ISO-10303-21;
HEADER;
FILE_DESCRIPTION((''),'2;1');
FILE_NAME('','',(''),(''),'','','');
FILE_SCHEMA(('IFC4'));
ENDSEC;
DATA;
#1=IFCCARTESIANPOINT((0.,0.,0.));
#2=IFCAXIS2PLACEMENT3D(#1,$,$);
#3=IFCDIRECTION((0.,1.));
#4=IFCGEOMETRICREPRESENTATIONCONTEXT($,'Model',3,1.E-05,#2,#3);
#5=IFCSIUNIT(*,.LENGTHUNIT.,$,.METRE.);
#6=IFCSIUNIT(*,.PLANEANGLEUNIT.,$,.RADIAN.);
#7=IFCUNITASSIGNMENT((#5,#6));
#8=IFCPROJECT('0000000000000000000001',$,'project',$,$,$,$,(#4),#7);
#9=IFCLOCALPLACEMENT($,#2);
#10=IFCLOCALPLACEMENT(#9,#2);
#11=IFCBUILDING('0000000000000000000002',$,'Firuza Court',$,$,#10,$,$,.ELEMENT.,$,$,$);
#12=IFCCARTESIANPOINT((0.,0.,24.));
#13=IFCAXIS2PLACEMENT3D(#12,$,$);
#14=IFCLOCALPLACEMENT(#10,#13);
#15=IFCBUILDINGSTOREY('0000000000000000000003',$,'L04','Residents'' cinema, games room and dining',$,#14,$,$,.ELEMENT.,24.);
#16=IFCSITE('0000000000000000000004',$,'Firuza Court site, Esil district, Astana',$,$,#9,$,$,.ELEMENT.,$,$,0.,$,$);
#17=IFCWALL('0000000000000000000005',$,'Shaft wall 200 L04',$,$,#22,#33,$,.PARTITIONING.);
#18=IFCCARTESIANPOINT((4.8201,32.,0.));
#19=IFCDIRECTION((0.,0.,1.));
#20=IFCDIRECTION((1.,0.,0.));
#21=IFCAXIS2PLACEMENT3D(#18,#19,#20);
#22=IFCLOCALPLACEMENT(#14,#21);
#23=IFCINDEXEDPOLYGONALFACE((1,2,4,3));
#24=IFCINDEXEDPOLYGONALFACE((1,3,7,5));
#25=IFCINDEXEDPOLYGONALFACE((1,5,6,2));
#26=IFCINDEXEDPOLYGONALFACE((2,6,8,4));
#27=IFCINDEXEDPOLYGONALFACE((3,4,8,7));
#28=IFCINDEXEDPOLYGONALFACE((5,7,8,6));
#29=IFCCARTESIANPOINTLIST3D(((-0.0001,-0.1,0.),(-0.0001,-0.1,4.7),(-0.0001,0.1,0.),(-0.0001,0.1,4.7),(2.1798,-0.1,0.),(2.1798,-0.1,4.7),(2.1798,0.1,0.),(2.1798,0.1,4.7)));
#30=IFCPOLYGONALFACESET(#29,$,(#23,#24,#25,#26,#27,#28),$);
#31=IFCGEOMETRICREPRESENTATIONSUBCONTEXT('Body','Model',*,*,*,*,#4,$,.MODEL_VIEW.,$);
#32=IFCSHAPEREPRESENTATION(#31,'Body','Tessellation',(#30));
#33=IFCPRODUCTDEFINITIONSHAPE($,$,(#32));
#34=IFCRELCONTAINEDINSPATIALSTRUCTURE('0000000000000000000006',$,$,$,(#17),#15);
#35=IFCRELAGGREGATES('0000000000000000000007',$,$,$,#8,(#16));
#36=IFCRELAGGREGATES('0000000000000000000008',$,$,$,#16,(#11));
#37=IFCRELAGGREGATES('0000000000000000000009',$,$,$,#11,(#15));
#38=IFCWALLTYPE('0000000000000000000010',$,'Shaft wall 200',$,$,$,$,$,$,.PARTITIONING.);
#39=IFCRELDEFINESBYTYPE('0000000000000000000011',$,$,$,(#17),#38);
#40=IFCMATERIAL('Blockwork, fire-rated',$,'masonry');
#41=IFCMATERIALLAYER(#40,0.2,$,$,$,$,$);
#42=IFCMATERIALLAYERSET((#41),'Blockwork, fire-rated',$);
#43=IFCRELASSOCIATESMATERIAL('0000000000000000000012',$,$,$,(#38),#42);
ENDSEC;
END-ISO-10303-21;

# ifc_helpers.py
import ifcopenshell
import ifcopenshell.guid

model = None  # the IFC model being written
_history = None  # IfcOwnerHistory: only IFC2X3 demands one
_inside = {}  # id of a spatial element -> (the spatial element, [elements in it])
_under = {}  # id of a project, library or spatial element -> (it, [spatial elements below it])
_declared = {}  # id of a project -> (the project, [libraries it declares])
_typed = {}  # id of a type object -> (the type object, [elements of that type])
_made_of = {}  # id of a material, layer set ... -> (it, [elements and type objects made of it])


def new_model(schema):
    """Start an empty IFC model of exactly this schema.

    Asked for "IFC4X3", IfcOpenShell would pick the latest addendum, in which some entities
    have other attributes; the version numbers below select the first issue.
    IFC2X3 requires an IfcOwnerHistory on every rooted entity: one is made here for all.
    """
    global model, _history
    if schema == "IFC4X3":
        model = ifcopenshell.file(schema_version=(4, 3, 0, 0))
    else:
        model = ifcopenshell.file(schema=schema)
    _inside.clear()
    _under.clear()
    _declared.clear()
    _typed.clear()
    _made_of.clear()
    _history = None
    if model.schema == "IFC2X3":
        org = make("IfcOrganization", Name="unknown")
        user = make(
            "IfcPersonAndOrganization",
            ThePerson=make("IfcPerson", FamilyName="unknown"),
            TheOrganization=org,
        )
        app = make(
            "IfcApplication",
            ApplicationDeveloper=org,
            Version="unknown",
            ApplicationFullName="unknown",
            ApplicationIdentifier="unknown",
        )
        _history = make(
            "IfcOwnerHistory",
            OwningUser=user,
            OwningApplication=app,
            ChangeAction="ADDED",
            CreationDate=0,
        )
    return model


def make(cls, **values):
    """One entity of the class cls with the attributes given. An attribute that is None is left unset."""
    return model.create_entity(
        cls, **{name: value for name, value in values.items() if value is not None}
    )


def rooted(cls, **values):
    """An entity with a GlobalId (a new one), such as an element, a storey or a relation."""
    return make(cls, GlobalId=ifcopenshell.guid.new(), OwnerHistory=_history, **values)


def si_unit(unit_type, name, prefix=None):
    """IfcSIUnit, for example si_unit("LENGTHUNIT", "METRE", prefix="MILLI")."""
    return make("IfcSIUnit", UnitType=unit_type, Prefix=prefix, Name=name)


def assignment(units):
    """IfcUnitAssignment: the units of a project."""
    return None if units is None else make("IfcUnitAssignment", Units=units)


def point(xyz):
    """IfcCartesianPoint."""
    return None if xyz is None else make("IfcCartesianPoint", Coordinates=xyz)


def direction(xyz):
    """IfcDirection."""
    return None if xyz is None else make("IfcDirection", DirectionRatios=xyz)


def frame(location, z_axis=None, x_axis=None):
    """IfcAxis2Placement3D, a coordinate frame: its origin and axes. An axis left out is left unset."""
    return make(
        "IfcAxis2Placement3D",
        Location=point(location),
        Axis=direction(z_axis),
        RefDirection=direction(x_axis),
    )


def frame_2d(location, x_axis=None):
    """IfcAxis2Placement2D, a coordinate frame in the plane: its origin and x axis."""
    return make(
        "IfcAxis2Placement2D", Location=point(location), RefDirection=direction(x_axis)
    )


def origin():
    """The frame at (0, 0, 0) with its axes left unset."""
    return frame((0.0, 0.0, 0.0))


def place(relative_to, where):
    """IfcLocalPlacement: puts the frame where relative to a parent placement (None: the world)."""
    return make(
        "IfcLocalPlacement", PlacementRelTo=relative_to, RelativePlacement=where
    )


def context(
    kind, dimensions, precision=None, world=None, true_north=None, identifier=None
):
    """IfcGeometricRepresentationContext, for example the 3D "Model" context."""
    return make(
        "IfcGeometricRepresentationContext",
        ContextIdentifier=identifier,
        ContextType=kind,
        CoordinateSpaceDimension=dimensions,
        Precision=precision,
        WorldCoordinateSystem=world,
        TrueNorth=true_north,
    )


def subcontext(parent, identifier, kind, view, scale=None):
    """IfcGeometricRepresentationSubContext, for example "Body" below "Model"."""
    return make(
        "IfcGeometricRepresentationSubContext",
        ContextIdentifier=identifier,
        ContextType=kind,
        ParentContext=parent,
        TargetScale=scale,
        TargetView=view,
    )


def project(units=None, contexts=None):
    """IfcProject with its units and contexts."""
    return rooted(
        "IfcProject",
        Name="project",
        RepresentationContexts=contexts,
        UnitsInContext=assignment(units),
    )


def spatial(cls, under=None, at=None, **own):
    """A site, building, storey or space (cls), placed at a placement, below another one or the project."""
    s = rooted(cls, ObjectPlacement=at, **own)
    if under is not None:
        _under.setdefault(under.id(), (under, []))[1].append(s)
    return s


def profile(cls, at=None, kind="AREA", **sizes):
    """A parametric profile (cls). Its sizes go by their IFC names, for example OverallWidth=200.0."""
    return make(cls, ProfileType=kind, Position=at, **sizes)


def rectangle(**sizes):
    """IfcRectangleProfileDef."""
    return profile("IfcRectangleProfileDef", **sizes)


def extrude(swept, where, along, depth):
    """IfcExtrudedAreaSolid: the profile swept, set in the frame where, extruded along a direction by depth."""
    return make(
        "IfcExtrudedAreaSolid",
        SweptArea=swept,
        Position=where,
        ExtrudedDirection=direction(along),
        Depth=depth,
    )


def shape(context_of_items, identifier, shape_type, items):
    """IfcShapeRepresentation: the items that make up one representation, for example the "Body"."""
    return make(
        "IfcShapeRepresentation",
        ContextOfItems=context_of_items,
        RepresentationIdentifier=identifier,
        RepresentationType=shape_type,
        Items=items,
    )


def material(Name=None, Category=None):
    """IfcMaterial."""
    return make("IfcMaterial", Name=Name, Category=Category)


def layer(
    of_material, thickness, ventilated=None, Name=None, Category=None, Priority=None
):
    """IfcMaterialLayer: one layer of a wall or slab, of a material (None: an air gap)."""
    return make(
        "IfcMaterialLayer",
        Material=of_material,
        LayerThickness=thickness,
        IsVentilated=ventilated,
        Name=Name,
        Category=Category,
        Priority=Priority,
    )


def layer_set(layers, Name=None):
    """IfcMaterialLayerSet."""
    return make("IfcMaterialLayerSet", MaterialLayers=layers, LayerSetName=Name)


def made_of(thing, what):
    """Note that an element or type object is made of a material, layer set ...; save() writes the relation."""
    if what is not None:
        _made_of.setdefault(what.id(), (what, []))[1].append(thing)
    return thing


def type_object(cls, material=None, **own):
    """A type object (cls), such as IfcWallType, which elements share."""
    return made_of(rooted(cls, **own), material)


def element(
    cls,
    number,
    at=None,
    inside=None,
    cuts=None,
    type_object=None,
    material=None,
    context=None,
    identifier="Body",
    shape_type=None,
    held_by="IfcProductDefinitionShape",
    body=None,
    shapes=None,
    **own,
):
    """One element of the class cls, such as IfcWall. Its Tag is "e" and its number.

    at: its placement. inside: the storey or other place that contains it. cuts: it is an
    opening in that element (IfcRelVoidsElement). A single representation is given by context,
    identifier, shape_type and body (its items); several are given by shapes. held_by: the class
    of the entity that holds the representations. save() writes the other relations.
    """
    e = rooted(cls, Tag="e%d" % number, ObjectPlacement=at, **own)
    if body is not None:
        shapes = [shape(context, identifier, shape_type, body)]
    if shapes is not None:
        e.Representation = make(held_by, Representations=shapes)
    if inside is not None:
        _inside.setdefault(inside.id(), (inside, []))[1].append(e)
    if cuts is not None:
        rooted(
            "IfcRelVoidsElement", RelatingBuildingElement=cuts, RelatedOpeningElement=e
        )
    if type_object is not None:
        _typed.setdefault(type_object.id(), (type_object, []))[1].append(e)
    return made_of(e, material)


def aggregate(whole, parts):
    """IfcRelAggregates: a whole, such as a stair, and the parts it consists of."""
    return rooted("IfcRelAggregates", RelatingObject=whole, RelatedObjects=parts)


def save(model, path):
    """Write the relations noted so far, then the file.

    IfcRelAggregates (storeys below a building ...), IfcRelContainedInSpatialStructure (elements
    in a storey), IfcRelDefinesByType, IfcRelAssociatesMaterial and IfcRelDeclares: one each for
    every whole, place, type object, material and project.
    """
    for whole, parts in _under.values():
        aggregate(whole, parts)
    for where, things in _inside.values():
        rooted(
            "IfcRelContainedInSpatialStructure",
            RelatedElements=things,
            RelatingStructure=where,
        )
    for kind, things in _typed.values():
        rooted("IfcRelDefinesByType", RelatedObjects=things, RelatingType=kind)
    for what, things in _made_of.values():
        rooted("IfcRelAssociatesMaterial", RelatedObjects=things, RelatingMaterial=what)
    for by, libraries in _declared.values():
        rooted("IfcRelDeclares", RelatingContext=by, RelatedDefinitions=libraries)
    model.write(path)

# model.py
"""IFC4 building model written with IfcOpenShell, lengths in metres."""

from ifc_helpers import new_model, si_unit, direction, frame, frame_2d, origin, place, context, subcontext, project, spatial, rectangle, extrude, material, layer, layer_set, type_object, element, save


model = new_model("IFC4")

# Units and contexts
model_context = context("Model", 3, precision=1e-05, world=origin(), true_north=direction((0.0, 1.0)))
body_context = subcontext(model_context, "Body", "Model", "MODEL_VIEW")
ifc_project = project(units=[si_unit("LENGTHUNIT", "METRE"), si_unit("PLANEANGLEUNIT", "RADIAN")], contexts=[model_context])

# Site, building, storey
site_placement = place(None, origin())
site = spatial("IfcSite", under=ifc_project, at=site_placement, Name="Firuza Court site, Esil district, Astana", CompositionType="ELEMENT", RefElevation=0.0)
building_placement = place(site_placement, origin())
building = spatial("IfcBuilding", under=site, at=building_placement, Name="Firuza Court", CompositionType="ELEMENT")
storey_placement = place(building_placement, frame((0.0, 0.0, 24.0)))
storey = spatial("IfcBuildingStorey", under=building, at=storey_placement, Name="L04", Description="Residents' cinema, games room and dining", CompositionType="ELEMENT", Elevation=24.0)

# Wall
ifc_material_1 = material(Name="Blockwork, fire-rated", Category="masonry")
ifc_layer_1 = layer(ifc_material_1, 0.2)
ifc_layer_set_1 = layer_set([ifc_layer_1], Name="Blockwork, fire-rated")
wall_type_1 = type_object("IfcWallType", Name="Shaft wall 200", PredefinedType="PARTITIONING", material=ifc_layer_set_1)
wall_1_placement = place(storey_placement, frame((4.8201, 32.0, 0.0), z_axis=(0.0, 0.0, 1.0), x_axis=(1.0, 0.0, 0.0)))
element("IfcWall", 1, at=wall_1_placement, inside=storey, type_object=wall_type_1, Name="Shaft wall 200 L04", PredefinedType="PARTITIONING", context=body_context, shape_type="SweptSolid", body=[
    extrude(rectangle(XDim=2.1799, YDim=0.2, at=frame_2d((1.0898, 0.0))), origin(), (0.0, 0.0, 1.0), 4.7),
])

save(model, "model.ifc")
